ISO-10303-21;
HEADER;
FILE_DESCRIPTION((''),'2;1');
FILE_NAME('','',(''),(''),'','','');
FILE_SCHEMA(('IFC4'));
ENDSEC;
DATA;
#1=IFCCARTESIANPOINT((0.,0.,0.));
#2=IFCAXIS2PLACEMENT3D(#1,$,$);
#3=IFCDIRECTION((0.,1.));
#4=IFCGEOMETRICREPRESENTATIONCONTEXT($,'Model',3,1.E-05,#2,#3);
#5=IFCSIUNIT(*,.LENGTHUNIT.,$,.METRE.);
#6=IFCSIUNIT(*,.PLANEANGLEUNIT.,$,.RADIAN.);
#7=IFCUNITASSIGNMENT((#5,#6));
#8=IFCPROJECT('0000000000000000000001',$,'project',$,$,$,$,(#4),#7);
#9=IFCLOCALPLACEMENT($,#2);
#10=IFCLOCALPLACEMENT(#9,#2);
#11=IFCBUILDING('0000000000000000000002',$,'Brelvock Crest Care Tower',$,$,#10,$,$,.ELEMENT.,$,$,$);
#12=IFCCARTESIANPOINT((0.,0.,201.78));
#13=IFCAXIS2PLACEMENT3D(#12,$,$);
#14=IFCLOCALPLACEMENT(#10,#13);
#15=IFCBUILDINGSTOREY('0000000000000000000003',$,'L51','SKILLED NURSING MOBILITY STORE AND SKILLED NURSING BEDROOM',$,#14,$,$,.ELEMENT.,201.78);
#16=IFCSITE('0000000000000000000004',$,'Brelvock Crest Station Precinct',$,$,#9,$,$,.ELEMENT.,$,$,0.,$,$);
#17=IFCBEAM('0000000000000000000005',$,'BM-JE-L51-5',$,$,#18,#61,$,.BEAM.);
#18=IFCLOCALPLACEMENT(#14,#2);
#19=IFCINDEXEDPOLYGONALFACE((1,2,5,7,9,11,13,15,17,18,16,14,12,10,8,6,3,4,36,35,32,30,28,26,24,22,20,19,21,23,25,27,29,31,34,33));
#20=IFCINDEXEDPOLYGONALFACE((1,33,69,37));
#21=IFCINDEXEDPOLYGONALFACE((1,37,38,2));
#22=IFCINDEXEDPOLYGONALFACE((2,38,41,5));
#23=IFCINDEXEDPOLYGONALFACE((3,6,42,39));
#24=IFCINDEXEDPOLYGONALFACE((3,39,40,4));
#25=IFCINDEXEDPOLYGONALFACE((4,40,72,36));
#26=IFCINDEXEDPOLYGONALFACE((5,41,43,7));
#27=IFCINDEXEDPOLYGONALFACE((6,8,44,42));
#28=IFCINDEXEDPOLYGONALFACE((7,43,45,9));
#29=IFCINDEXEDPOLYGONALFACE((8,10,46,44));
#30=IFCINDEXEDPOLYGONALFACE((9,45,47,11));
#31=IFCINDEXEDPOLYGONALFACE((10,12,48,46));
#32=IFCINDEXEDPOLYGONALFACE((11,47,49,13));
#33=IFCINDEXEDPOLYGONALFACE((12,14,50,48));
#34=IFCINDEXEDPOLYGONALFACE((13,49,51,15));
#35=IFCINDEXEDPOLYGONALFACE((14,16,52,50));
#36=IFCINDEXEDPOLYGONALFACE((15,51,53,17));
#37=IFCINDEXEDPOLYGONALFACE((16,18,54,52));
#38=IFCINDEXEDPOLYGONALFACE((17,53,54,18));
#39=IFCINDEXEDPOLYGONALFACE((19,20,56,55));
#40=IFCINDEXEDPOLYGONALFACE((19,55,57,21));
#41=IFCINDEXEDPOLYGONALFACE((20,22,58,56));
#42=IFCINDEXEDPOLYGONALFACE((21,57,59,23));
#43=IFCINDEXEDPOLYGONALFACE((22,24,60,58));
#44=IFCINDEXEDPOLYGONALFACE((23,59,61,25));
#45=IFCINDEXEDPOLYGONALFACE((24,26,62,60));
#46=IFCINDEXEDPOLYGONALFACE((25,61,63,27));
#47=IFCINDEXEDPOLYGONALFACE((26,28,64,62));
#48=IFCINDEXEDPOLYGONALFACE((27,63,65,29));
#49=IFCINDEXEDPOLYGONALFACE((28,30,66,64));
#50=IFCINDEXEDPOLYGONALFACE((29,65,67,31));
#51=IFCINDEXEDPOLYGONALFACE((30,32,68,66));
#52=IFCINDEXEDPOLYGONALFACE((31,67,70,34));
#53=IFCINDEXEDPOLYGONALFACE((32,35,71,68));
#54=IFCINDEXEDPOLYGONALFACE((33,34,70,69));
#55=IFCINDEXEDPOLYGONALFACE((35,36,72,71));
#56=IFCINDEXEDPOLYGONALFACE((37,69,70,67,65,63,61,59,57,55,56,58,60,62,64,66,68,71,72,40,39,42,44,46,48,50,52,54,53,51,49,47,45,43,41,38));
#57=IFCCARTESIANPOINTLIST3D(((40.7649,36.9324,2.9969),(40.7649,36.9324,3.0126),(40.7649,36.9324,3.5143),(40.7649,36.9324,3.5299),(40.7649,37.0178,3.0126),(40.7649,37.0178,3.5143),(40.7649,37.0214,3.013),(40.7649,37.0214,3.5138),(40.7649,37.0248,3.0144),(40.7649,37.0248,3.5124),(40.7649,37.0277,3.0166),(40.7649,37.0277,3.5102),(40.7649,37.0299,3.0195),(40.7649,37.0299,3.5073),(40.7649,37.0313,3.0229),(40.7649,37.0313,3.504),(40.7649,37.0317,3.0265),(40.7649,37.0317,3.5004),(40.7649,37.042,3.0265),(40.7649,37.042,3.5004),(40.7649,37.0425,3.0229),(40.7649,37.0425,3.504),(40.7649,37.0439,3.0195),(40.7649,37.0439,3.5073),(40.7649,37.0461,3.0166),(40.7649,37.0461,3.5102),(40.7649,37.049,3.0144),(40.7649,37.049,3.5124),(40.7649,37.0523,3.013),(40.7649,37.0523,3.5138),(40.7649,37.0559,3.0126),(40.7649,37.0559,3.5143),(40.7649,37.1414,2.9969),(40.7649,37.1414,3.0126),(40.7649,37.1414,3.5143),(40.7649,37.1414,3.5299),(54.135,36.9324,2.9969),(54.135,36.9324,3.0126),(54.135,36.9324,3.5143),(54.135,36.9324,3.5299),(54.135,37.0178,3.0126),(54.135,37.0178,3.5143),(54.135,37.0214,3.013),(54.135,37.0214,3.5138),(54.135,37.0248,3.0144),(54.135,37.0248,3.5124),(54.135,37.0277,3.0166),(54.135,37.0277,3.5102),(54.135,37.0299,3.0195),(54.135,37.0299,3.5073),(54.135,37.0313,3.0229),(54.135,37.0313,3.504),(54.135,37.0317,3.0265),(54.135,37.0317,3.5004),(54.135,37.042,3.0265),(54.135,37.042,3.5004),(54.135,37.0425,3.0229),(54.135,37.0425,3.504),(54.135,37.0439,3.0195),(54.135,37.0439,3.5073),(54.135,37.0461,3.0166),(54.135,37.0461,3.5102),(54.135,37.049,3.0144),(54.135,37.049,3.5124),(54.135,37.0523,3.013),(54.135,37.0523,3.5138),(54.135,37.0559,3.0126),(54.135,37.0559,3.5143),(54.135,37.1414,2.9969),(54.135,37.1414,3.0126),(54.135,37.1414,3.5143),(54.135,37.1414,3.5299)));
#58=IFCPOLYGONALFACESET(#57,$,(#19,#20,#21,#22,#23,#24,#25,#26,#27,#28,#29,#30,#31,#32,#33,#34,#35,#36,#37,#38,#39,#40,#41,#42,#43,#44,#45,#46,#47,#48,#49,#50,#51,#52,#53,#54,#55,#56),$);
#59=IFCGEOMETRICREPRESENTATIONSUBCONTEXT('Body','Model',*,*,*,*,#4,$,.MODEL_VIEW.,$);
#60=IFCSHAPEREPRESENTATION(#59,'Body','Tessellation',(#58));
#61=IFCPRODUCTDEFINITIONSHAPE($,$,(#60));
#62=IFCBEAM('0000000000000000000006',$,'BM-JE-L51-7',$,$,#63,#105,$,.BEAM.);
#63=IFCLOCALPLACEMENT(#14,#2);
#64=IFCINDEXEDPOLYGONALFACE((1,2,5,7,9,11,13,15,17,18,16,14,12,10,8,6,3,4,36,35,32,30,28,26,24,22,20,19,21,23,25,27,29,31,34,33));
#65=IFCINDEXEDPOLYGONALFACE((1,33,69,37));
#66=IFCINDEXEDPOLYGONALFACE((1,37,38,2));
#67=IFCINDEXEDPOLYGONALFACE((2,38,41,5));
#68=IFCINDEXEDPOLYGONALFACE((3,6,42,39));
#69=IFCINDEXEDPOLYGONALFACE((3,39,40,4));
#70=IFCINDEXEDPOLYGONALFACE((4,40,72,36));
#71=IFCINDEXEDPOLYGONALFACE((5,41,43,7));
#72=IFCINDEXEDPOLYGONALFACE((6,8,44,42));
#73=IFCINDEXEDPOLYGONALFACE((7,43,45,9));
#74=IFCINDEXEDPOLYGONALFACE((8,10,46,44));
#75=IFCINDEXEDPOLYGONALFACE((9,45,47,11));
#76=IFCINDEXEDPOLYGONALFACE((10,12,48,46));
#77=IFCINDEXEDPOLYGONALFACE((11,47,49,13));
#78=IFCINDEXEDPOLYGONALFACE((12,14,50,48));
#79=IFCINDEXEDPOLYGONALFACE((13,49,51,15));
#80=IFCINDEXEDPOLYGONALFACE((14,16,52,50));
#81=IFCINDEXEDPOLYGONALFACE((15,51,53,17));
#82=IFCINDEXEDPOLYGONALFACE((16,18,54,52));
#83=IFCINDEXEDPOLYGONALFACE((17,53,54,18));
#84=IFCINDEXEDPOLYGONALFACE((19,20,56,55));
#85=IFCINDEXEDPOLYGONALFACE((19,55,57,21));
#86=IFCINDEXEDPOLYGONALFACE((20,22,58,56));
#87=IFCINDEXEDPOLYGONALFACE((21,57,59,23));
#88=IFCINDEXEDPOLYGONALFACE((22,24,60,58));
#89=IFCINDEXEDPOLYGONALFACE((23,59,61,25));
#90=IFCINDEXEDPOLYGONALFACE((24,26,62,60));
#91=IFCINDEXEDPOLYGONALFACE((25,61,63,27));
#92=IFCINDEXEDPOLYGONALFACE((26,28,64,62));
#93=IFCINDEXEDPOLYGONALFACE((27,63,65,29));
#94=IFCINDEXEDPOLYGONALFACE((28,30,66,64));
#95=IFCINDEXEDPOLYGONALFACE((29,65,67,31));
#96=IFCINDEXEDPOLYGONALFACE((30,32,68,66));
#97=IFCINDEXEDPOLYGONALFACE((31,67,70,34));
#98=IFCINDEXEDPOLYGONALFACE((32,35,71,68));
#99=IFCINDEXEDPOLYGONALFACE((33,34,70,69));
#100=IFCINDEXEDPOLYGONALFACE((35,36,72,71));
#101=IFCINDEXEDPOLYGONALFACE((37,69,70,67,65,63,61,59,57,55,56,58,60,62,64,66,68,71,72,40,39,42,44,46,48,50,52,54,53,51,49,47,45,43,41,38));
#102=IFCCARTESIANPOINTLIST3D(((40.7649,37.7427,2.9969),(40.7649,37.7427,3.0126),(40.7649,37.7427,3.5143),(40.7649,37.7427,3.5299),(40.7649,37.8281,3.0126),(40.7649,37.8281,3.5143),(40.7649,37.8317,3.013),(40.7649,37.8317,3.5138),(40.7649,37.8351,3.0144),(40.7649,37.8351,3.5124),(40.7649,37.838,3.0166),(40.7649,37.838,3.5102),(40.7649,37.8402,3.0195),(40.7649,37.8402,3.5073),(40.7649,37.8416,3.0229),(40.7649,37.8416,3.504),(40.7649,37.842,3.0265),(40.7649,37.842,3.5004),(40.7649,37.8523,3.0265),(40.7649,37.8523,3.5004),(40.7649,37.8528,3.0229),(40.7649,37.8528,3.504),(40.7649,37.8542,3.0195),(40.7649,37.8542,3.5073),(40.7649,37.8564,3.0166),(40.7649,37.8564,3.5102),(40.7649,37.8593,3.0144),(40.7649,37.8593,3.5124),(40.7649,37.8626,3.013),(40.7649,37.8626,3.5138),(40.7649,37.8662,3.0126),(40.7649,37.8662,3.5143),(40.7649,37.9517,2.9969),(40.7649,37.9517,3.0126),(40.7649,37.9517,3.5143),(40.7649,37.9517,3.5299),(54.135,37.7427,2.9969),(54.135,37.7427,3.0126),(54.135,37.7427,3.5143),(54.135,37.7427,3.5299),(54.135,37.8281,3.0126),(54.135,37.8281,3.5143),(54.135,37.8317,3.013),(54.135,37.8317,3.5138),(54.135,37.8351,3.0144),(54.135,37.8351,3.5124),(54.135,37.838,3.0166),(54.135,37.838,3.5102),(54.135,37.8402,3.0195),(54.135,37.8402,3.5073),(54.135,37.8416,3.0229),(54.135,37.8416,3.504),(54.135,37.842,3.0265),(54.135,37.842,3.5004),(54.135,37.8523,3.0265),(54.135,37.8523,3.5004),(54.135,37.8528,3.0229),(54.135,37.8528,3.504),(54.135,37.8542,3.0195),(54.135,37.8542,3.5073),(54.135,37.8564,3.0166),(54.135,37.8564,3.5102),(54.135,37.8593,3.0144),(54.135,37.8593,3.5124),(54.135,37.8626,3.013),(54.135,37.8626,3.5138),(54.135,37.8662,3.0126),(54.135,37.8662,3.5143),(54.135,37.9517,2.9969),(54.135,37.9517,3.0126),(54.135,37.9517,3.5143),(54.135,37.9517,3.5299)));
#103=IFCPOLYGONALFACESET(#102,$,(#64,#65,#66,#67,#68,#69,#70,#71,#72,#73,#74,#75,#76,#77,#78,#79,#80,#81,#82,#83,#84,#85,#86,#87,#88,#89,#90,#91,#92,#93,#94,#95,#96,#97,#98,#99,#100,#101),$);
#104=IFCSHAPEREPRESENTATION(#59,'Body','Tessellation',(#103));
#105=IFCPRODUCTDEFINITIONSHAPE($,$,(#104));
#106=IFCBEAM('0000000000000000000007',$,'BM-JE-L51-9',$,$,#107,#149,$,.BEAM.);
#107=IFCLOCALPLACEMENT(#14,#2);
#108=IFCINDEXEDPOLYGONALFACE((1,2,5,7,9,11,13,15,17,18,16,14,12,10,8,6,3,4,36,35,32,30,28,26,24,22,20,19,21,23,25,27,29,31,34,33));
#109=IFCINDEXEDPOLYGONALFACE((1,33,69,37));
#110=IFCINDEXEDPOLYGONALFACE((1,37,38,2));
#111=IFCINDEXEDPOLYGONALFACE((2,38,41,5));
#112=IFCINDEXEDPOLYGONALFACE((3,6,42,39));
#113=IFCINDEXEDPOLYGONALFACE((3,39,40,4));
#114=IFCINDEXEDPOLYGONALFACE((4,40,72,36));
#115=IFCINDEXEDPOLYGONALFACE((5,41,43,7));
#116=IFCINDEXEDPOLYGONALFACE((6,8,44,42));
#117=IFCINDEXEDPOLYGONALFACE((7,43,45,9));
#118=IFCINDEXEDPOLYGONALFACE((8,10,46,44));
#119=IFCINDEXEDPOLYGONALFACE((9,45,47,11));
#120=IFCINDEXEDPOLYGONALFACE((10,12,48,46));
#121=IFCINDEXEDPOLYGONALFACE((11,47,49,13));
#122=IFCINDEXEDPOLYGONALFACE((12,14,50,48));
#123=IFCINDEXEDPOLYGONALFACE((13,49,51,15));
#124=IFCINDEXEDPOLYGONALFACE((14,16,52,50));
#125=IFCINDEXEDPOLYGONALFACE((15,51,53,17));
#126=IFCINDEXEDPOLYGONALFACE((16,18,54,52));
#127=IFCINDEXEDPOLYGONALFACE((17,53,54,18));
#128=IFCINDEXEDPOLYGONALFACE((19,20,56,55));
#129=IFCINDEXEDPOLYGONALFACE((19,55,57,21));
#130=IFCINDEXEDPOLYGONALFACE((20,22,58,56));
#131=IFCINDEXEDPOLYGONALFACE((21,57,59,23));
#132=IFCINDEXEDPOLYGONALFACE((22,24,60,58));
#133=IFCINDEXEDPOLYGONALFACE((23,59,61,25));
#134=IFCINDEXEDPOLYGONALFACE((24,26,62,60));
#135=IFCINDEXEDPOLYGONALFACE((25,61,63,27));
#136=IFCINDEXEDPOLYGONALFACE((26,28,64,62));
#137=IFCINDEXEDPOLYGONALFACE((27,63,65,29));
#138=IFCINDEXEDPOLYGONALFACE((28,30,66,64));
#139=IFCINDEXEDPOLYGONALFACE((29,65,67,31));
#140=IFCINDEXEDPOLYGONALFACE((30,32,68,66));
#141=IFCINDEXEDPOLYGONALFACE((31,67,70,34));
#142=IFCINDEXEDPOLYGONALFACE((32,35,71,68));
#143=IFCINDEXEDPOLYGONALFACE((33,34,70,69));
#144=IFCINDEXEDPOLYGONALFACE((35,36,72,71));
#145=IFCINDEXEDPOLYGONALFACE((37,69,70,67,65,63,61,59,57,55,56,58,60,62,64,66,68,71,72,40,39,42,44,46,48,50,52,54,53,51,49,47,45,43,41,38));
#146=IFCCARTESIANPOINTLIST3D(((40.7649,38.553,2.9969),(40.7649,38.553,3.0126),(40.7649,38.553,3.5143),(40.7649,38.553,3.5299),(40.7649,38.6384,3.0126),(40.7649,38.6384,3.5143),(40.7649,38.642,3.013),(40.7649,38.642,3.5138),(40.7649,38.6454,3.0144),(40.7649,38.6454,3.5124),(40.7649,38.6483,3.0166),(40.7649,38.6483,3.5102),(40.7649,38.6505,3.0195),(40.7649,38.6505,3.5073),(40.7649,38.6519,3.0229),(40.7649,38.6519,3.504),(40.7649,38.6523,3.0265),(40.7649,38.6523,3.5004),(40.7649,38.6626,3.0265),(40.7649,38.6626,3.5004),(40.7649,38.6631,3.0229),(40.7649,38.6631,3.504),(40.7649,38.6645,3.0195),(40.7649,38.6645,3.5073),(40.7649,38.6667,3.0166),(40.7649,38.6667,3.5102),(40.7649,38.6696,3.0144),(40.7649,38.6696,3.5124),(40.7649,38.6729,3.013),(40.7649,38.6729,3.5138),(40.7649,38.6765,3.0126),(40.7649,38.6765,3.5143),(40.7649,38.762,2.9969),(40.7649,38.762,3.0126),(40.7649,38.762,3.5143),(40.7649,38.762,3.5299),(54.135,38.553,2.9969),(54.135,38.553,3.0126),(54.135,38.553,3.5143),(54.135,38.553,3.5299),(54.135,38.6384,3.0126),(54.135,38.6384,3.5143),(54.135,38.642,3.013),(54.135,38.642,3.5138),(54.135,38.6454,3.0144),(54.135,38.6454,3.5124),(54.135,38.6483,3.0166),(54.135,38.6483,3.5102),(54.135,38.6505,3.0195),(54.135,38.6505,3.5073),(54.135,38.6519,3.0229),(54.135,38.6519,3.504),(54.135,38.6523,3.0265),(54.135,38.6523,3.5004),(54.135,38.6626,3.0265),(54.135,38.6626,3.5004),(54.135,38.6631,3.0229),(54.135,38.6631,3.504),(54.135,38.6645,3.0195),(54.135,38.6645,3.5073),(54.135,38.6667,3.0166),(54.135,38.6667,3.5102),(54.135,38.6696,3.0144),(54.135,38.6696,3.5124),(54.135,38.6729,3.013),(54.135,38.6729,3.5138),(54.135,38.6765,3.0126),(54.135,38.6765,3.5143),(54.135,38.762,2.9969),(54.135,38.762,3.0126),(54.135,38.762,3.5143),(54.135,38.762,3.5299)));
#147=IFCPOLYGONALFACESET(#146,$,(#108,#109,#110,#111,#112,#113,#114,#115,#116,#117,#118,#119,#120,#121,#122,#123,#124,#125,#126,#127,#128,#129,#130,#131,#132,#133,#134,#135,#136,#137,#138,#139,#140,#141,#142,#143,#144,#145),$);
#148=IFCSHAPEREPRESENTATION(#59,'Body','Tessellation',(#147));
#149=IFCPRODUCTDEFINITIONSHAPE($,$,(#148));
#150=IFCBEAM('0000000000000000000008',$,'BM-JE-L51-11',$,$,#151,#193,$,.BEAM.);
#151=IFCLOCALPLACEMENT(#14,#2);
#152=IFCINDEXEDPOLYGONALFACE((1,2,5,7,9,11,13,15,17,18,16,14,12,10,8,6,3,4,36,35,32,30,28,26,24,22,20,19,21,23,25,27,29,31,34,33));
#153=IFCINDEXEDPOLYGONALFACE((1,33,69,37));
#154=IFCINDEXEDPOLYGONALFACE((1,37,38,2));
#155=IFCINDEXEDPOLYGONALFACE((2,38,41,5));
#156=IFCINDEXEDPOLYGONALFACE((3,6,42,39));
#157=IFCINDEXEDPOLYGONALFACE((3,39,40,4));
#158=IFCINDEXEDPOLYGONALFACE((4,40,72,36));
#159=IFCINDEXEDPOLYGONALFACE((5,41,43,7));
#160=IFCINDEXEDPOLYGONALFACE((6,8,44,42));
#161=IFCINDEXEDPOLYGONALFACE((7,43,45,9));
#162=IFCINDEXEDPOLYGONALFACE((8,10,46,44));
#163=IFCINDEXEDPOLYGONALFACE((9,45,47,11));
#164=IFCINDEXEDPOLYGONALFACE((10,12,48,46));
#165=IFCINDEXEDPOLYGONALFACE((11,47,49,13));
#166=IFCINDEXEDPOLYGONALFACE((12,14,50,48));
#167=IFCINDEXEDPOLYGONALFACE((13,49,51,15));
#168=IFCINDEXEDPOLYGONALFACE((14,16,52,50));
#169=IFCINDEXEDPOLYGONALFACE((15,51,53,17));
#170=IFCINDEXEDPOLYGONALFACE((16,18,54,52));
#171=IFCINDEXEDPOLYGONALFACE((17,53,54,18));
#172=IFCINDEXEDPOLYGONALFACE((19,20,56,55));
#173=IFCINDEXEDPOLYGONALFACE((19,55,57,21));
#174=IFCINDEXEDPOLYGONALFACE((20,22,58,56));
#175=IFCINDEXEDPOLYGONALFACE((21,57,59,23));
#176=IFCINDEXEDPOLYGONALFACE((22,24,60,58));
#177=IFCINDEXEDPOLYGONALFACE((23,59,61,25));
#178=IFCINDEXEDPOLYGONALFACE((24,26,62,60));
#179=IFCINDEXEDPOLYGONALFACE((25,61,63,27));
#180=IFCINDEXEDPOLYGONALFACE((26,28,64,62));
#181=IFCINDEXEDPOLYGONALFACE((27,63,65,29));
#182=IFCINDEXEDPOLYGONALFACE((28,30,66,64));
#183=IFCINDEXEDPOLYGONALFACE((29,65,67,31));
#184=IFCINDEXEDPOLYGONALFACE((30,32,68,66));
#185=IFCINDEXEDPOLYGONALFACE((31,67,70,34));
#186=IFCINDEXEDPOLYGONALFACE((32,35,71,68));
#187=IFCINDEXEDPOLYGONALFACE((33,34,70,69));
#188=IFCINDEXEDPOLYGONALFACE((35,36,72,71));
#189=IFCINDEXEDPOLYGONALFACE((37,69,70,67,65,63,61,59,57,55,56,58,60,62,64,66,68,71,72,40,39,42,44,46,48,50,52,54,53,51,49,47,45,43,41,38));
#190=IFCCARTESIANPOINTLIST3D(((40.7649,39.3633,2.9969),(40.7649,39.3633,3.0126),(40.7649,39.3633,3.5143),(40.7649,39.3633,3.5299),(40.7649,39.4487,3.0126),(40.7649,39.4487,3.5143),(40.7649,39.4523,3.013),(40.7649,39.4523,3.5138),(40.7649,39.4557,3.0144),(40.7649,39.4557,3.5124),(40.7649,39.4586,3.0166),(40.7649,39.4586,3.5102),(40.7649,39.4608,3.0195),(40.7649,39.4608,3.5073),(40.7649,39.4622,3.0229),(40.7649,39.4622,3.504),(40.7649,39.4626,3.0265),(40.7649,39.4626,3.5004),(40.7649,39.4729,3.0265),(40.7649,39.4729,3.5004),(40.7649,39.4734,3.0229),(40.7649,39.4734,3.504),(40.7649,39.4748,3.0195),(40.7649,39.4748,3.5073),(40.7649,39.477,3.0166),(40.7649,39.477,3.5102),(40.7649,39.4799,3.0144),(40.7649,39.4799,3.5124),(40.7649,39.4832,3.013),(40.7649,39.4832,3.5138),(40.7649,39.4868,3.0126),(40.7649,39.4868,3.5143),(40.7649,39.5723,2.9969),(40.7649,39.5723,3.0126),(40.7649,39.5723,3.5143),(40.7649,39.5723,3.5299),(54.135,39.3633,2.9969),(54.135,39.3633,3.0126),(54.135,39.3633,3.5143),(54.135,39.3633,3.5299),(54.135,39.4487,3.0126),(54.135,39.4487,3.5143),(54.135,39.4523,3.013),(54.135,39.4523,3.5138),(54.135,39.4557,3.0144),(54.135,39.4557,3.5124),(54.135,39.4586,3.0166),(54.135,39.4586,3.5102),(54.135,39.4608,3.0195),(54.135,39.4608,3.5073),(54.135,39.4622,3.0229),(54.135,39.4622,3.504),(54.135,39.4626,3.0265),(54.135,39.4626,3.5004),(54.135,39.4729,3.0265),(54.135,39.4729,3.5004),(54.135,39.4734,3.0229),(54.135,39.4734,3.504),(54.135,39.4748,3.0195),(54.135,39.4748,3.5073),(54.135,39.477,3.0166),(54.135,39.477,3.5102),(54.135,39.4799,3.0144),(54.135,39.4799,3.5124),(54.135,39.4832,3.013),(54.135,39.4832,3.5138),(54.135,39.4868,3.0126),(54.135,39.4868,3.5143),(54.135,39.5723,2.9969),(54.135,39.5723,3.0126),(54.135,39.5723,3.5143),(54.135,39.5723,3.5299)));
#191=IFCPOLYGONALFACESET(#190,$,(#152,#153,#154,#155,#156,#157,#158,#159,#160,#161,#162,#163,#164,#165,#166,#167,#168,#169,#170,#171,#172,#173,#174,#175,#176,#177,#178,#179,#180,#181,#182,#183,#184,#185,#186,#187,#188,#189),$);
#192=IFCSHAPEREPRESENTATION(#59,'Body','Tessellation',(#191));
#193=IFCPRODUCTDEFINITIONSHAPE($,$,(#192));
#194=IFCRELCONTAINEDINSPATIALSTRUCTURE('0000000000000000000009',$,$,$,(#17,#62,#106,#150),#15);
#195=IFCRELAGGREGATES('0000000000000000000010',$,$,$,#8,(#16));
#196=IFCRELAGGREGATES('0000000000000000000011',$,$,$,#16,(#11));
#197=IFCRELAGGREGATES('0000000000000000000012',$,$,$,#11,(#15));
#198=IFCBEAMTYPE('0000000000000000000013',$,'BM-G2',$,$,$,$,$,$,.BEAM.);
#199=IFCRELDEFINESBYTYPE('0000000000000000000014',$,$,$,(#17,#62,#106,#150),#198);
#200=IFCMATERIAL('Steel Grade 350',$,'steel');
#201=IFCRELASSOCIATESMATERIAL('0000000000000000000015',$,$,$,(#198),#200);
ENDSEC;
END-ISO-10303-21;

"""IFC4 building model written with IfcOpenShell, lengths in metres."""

from ifc_helpers import new_model, si_unit, direction, frame, origin, origin_2d, place, context, subcontext, project, spatial, i_section, extrude, source, transform, mapped, material, material_profile, profile_set, type_object, element, save


model = new_model("IFC4")

# Units and contexts
model_context = context("Model", 3, precision=1e-05, world=origin(), true_north=direction((0.0, 1.0)))
body_context = subcontext(model_context, "Body", "Model", "MODEL_VIEW")
ifc_project = project(units=[si_unit("LENGTHUNIT", "METRE"), si_unit("PLANEANGLEUNIT", "RADIAN")], contexts=[model_context])

# Site, building, storey
site_placement = place(None, origin())
site = spatial("IfcSite", under=ifc_project, at=site_placement, Name="Brelvock Crest Station Precinct", CompositionType="ELEMENT", RefElevation=0.0)
building_placement = place(site_placement, origin())
building = spatial("IfcBuilding", under=site, at=building_placement, Name="Brelvock Crest Care Tower", CompositionType="ELEMENT")
storey_placement = place(building_placement, frame((0.0, 0.0, 201.78)))
storey = spatial("IfcBuildingStorey", under=building, at=storey_placement, Name="L51", Description="SKILLED NURSING MOBILITY STORE AND SKILLED NURSING BEDROOM", CompositionType="ELEMENT", Elevation=201.78)

# Beams
ifc_material_1 = material(Name="Steel Grade 350", Category="steel")
ifc_material_profile_1 = material_profile(ifc_material_1, i_section(OverallWidth=0.209, OverallDepth=0.533, WebThickness=0.0103, FlangeThickness=0.0156, FilletRadius=0.0139, at=origin_2d()), Name="530UB92.4")
ifc_profile_set_1 = profile_set([ifc_material_profile_1], Name="Steel Grade 350")
beam_type_1 = type_object("IfcBeamType", Name="BM-G2", PredefinedType="BEAM", material=ifc_profile_set_1)
shared_shape_1 = source(origin(), body_context, "Body", "SweptSolid", [
    extrude(i_section(OverallWidth=0.209, OverallDepth=0.533, WebThickness=0.0103, FlangeThickness=0.0156, FilletRadius=0.0139, at=origin_2d()), origin(), (0.0, 0.0, 1.0), 13.3701),
])
for number, where, z_axis, x_axis, name in (
    (1, (40.7649, 37.0369, 3.2634), (1.0, 0.0, 0.0), (0.0, 1.0, 0.0), "BM-JE-L51-5"),
    (2, (40.7649, 37.8472, 3.2634), (1.0, 0.0, 0.0), (0.0, 1.0, 0.0), "BM-JE-L51-7"),
    (3, (40.7649, 38.6575, 3.2634), (1.0, 0.0, 0.0), (0.0, 1.0, 0.0), "BM-JE-L51-9"),
    (4, (40.7649, 39.4678, 3.2634), (1.0, 0.0, 0.0), (0.0, 1.0, 0.0), "BM-JE-L51-11"),
):
    element("IfcBeam", number, at=place(storey_placement, frame(where, z_axis=z_axis, x_axis=x_axis)), inside=storey, type_object=beam_type_1, Name=name, PredefinedType="BEAM", context=body_context, shape_type="MappedRepresentation", body=[
        mapped(shared_shape_1, transform((0.0, 0.0, 0.0), x_axis=(1.0, 0.0, 0.0), y_axis=(0.0, 1.0, 0.0), z_axis=(0.0, 0.0, 1.0), scale=1.0)),
    ])

save(model, "model.ifc")
